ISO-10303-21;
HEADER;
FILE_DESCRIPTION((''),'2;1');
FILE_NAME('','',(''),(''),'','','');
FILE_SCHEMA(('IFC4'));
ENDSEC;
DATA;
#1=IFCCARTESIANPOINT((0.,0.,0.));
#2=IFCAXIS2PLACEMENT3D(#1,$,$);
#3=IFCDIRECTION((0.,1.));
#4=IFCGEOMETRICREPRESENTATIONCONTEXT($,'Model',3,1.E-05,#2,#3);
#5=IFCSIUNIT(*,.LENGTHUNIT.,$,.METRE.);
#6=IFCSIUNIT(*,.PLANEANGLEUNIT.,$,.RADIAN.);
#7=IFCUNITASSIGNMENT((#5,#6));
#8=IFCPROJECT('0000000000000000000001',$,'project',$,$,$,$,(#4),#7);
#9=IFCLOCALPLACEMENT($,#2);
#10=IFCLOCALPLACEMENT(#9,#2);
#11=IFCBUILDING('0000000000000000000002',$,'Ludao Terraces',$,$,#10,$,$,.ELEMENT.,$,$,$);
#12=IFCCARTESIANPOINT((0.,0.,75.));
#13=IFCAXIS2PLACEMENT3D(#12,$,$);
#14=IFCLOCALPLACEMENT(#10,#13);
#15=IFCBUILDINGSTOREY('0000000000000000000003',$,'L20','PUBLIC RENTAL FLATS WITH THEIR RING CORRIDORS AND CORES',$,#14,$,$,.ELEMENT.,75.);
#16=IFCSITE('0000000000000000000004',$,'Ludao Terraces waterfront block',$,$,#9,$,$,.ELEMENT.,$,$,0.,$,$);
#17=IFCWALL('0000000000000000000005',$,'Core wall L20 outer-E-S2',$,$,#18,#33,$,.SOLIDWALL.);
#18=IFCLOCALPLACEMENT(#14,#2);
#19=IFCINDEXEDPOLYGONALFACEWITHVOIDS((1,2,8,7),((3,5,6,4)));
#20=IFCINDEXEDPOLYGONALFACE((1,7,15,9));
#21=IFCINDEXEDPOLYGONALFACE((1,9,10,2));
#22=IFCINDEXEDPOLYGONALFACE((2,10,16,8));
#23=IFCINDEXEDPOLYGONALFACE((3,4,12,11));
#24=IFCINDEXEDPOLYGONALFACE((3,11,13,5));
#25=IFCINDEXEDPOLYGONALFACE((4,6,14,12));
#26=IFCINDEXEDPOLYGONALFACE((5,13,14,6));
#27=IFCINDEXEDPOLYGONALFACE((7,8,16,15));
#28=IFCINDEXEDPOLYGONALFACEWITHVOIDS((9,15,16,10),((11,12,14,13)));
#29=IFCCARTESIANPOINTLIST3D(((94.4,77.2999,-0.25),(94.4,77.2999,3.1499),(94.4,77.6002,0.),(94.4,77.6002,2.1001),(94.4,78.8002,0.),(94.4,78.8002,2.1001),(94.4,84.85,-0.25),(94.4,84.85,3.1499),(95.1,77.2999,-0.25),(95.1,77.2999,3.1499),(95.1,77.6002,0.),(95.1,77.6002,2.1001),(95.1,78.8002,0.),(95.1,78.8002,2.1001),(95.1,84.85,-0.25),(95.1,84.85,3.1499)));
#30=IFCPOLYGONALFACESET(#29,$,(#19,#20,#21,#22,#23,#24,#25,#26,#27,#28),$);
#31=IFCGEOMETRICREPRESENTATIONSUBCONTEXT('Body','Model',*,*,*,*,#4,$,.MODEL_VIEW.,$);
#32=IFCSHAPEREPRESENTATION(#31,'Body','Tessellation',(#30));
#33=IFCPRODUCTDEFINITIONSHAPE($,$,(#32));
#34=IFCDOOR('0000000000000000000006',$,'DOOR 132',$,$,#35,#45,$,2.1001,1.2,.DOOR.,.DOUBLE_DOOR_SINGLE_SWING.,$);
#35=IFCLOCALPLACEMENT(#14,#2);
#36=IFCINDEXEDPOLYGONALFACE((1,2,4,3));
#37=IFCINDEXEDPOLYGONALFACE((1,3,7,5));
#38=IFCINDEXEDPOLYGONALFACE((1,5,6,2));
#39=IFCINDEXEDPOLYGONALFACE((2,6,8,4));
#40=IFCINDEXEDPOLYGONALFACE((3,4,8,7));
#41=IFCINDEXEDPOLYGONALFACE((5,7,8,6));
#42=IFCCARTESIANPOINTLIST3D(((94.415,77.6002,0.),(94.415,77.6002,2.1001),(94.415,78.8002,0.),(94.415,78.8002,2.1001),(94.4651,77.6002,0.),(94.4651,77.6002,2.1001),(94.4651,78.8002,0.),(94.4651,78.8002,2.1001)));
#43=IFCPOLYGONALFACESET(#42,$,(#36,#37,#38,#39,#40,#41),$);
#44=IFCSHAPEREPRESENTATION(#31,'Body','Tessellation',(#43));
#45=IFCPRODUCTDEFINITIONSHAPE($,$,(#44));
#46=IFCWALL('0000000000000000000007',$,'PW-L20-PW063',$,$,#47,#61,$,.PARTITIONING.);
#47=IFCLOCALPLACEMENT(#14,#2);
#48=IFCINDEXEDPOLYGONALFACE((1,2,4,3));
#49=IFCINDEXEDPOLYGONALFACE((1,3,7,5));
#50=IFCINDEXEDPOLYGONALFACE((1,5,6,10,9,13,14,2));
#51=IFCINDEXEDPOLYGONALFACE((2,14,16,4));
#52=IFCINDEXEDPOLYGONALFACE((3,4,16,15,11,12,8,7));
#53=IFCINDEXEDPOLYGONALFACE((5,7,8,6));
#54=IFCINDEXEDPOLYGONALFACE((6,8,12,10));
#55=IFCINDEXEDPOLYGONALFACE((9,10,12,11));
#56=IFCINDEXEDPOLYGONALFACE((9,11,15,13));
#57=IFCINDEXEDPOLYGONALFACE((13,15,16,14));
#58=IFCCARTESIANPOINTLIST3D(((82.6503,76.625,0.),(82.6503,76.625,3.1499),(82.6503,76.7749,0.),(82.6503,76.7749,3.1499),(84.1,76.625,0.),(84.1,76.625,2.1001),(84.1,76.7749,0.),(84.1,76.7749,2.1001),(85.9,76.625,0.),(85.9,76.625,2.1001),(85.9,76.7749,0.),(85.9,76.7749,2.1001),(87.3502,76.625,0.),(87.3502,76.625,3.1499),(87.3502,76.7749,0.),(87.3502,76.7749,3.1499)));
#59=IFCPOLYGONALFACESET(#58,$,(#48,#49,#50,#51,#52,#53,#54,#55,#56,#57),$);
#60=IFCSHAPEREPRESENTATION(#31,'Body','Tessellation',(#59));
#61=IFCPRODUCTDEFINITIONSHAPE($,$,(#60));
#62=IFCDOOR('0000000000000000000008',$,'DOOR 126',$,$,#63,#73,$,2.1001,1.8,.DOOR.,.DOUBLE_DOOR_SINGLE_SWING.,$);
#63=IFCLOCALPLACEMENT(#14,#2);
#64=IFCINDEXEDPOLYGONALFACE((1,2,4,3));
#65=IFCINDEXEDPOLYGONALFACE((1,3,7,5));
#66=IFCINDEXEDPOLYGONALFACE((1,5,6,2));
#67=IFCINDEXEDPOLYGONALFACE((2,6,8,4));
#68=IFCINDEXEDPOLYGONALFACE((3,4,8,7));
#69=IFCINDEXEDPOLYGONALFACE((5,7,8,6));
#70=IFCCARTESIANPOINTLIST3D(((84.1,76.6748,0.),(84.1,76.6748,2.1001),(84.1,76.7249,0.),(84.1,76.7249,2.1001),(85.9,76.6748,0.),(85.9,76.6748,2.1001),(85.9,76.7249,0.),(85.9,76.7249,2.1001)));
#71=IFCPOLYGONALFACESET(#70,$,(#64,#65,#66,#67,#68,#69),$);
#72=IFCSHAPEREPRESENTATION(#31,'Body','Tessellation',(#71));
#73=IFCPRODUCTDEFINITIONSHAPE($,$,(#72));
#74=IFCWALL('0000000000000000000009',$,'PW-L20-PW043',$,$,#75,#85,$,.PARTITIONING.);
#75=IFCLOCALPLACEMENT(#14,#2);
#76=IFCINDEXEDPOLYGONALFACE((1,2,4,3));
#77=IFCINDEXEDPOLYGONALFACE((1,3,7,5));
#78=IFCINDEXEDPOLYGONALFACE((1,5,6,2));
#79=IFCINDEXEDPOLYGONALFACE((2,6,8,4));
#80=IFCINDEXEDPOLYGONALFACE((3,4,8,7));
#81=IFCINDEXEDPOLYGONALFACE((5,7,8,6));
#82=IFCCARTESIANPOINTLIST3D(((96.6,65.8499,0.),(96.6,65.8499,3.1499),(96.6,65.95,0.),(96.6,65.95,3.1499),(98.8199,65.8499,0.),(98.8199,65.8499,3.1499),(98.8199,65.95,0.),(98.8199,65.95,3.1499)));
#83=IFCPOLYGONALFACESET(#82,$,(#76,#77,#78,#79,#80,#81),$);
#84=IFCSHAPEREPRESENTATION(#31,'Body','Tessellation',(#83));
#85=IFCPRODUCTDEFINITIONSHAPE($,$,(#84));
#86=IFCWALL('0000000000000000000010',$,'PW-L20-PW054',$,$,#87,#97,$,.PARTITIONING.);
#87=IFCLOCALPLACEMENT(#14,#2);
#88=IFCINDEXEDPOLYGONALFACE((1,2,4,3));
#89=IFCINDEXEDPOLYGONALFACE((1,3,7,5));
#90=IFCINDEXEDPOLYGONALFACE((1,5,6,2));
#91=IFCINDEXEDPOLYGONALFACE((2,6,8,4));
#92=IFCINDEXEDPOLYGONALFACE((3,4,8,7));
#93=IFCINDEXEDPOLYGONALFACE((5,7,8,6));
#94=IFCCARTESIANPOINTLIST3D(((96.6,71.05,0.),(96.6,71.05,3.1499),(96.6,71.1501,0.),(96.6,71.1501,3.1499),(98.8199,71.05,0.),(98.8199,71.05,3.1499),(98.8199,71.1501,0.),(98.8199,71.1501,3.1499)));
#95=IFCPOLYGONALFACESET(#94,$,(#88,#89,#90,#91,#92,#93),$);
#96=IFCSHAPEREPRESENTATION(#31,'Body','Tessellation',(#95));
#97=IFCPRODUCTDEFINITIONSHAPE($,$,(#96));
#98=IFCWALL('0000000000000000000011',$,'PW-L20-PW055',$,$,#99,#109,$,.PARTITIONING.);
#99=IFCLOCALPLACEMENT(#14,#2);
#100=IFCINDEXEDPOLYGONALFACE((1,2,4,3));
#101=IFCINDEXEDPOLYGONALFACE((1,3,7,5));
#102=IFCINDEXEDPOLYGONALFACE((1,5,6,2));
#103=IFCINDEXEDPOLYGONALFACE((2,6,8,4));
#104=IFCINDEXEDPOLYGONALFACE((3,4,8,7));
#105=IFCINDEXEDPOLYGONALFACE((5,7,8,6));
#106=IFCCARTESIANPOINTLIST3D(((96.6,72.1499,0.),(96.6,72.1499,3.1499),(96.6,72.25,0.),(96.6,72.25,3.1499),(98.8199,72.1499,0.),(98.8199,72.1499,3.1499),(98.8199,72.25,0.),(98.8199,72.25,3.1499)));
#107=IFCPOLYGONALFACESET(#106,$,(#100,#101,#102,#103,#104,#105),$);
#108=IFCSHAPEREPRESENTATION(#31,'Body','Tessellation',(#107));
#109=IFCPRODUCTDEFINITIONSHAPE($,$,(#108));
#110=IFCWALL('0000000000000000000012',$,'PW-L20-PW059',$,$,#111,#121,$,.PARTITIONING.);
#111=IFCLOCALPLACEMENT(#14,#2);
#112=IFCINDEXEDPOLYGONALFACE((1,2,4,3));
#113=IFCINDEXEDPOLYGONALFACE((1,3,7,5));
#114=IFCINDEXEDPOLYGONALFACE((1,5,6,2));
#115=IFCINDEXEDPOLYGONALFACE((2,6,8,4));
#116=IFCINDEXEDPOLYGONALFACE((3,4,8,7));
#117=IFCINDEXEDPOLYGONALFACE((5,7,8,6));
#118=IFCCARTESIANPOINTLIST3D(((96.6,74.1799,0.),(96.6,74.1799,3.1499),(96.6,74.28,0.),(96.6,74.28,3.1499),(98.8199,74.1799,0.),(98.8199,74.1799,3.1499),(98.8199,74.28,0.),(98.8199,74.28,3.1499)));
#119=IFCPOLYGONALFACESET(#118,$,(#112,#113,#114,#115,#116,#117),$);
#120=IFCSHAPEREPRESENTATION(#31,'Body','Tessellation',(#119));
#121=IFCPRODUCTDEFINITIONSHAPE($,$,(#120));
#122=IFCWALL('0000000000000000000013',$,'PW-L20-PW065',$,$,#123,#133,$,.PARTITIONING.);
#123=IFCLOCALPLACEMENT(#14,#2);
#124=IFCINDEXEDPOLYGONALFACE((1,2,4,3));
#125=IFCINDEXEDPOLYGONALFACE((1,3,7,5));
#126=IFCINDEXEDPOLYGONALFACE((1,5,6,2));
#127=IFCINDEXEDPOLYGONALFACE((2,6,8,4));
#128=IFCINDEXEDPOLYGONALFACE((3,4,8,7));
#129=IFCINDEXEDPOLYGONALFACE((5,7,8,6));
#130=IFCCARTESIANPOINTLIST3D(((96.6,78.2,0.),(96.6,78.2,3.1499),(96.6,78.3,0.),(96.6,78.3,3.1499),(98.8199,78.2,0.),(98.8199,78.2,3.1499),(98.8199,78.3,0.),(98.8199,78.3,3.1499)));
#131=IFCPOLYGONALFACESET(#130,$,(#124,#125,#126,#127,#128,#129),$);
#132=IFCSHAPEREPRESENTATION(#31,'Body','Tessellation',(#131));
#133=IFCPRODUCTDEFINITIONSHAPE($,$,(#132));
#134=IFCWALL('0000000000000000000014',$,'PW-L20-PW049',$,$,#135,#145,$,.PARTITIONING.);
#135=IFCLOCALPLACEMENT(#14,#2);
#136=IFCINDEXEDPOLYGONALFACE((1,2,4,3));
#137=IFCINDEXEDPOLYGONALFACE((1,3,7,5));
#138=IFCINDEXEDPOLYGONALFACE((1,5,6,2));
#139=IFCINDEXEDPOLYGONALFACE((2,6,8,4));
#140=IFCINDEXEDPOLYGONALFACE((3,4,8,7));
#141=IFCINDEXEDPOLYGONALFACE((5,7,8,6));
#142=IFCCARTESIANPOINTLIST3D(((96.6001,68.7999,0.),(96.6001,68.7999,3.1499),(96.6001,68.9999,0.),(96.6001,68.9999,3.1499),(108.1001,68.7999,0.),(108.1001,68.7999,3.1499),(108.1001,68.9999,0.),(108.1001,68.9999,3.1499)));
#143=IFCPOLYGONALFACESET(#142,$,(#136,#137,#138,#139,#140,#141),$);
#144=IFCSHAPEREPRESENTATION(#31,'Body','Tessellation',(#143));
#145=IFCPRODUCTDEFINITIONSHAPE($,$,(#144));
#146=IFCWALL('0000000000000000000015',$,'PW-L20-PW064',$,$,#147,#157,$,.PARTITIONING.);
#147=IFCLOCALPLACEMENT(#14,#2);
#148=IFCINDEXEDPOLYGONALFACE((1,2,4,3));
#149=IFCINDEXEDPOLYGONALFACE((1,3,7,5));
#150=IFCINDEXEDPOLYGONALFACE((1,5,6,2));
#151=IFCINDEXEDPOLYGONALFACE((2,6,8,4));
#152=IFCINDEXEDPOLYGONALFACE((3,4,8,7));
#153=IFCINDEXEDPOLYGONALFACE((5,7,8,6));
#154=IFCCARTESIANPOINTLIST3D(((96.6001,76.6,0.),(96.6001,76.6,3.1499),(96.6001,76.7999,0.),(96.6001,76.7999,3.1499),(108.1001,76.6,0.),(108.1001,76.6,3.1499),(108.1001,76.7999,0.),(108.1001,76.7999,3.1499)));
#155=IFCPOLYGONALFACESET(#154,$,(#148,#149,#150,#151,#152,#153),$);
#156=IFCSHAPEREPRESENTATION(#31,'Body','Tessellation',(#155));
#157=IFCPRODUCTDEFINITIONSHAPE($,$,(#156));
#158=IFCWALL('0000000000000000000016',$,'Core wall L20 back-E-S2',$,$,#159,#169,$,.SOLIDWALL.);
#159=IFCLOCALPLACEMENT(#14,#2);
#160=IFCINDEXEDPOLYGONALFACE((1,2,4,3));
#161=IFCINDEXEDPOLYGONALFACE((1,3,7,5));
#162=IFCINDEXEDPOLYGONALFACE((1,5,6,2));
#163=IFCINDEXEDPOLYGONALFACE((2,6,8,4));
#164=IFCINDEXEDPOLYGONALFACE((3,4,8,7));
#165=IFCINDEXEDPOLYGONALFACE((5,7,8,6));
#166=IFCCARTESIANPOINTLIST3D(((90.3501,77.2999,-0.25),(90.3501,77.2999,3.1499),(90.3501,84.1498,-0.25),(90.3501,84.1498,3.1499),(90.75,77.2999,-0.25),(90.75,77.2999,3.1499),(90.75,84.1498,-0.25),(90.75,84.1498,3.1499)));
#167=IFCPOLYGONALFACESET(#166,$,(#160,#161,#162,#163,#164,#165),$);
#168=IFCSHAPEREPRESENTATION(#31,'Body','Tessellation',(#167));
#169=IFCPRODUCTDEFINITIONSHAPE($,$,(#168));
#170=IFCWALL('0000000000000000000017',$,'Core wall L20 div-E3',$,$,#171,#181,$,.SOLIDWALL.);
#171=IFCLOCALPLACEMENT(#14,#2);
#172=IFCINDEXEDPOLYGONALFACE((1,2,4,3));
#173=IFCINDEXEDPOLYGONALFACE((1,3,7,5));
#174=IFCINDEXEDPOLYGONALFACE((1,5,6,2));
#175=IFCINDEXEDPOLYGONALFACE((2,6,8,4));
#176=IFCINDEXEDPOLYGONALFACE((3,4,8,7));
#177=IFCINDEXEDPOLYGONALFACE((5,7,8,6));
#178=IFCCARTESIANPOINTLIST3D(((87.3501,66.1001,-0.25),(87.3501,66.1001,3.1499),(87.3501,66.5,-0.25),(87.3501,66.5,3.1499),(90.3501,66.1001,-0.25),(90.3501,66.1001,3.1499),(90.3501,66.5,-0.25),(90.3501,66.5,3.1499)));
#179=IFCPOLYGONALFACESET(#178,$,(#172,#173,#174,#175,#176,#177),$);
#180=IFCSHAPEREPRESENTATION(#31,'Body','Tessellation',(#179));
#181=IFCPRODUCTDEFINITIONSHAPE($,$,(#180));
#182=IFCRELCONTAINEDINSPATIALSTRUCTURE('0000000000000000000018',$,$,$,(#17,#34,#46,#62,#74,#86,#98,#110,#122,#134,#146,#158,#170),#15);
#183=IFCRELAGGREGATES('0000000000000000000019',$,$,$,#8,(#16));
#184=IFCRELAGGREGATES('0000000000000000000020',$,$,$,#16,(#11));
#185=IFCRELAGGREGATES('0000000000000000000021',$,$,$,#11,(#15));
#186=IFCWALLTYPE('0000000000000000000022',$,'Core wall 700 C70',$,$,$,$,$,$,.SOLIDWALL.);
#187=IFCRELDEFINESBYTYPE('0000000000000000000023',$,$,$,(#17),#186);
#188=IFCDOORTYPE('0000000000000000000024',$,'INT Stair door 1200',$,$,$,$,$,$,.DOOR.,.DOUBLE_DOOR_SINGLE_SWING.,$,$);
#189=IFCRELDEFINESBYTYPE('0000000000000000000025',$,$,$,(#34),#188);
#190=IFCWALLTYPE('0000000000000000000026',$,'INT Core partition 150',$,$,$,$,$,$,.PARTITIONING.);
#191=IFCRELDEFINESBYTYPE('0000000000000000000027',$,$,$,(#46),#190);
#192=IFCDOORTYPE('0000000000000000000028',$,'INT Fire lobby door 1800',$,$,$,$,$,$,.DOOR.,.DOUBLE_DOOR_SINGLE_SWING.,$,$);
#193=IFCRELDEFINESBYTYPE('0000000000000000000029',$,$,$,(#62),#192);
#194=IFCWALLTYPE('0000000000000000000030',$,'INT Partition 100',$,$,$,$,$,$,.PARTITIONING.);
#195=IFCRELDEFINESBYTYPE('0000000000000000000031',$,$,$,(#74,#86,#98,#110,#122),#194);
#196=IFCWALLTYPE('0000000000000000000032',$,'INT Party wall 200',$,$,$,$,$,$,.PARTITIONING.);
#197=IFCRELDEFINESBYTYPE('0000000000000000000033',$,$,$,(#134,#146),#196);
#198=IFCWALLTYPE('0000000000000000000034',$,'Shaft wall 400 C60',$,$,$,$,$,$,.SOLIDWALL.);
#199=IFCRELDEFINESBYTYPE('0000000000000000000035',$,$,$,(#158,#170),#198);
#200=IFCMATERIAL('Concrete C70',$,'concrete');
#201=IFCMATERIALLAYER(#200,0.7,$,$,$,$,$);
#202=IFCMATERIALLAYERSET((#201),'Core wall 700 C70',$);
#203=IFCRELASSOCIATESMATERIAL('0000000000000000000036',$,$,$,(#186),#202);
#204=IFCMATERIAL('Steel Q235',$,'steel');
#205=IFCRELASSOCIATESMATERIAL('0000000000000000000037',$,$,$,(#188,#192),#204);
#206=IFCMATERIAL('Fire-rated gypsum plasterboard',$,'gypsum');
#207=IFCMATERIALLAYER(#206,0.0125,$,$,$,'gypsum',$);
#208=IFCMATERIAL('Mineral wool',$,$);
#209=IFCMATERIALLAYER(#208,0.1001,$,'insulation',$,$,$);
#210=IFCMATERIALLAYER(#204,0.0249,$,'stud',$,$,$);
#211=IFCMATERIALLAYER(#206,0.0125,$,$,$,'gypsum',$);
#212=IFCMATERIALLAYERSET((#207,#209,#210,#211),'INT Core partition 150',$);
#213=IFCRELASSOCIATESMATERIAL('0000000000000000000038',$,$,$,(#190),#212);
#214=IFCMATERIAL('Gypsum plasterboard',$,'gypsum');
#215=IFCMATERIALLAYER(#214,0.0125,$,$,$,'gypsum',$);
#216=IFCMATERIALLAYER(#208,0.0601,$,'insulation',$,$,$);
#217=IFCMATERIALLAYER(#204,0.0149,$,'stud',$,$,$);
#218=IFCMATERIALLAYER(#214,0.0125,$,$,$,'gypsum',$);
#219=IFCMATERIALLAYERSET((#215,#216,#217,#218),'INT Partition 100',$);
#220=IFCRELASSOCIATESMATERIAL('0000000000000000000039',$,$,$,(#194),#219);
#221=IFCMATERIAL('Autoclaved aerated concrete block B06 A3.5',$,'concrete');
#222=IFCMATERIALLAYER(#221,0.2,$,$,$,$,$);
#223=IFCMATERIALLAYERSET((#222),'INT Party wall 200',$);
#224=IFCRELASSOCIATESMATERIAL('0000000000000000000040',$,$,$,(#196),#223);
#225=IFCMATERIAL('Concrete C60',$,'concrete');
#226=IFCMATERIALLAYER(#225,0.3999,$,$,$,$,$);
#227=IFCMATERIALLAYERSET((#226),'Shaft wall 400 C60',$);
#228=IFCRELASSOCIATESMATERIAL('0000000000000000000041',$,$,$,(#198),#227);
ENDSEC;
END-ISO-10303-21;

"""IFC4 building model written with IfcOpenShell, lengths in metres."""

from ifc_helpers import new_model, si_unit, direction, frame, frame_2d, origin, place, context, subcontext, project, spatial, rectangle, extrude, material, layer, layer_set, type_object, element, fill, save


model = new_model("IFC4")

# Units and contexts
model_context = context("Model", 3, precision=1e-05, world=origin(), true_north=direction((0.0, 1.0)))
body_context = subcontext(model_context, "Body", "Model", "MODEL_VIEW")
ifc_project = project(units=[si_unit("LENGTHUNIT", "METRE"), si_unit("PLANEANGLEUNIT", "RADIAN")], contexts=[model_context])

# Site, building, storey
site_placement = place(None, origin())
site = spatial("IfcSite", under=ifc_project, at=site_placement, Name="Ludao Terraces waterfront block", CompositionType="ELEMENT", RefElevation=0.0)
building_placement = place(site_placement, origin())
building = spatial("IfcBuilding", under=site, at=building_placement, Name="Ludao Terraces", CompositionType="ELEMENT")
storey_placement = place(building_placement, frame((0.0, 0.0, 75.0)))
storey = spatial("IfcBuildingStorey", under=building, at=storey_placement, Name="L20", Description="PUBLIC RENTAL FLATS WITH THEIR RING CORRIDORS AND CORES", CompositionType="ELEMENT", Elevation=75.0)

# Walls, openings, doors
ifc_material_1 = material(Name="Concrete C70", Category="concrete")
ifc_layer_1 = layer(ifc_material_1, 0.7)
ifc_layer_set_1 = layer_set([ifc_layer_1], Name="Core wall 700 C70")
wall_type_1 = type_object("IfcWallType", Name="Core wall 700 C70", PredefinedType="SOLIDWALL", material=ifc_layer_set_1)
wall_1_placement = place(storey_placement, frame((94.75, 77.3, -0.25), z_axis=(0.0, 0.0, 1.0), x_axis=(0.0, 1.0, 0.0)))
wall_1 = element("IfcWall", 1, at=wall_1_placement, inside=storey, type_object=wall_type_1, Name="Core wall L20 outer-E-S2", PredefinedType="SOLIDWALL", context=body_context, shape_type="SweptSolid", body=[
    extrude(rectangle(XDim=7.55, YDim=0.7, at=frame_2d((3.7749, 0.0))), origin(), (0.0, 0.0, 1.0), 3.3999),
])
opening_1_placement = place(wall_1_placement, frame((0.3, 0.0, 0.25)))
opening_1 = element("IfcOpeningElement", 2, at=opening_1_placement, cuts=wall_1, PredefinedType="OPENING", context=body_context, shape_type="SweptSolid", body=[
    extrude(rectangle(XDim=1.2, YDim=2.1001, at=frame_2d((0.6001, 1.05))), frame((0.0, 0.3599, 0.0), z_axis=(0.0, -1.0, 0.0), x_axis=(1.0, 0.0, 0.0)), (0.0, 0.0, 1.0), 0.72),
])
ifc_material_2 = material(Name="Steel Q235", Category="steel")
door_type_1 = type_object("IfcDoorType", Name="INT Stair door 1200", OperationType="DOUBLE_DOOR_SINGLE_SWING", PredefinedType="DOOR", material=ifc_material_2)
door_1_placement = place(opening_1_placement, origin())
door_1 = element("IfcDoor", 3, at=door_1_placement, inside=storey, type_object=door_type_1, Name="DOOR 132", OperationType="DOUBLE_DOOR_SINGLE_SWING", OverallHeight=2.1001, OverallWidth=1.2, PredefinedType="DOOR", context=body_context, shape_type="SweptSolid", body=[
    extrude(rectangle(XDim=1.2, YDim=2.1001, at=frame_2d((0.6001, 1.05))), frame((0.0, 0.335, 0.0), z_axis=(0.0, -1.0, 0.0), x_axis=(1.0, 0.0, 0.0)), (0.0, 0.0, 1.0), 0.05),
])
fill(opening_1, door_1)
ifc_material_3 = material(Name="Fire-rated gypsum plasterboard", Category="gypsum")
ifc_layer_2 = layer(ifc_material_3, 0.0125, Category="gypsum")
ifc_material_4 = material(Name="Mineral wool")
ifc_layer_3 = layer(ifc_material_4, 0.1001, Name="insulation")
ifc_layer_4 = layer(ifc_material_2, 0.0249, Name="stud")
ifc_layer_5 = layer(ifc_material_3, 0.0125, Category="gypsum")
ifc_layer_set_2 = layer_set([ifc_layer_2, ifc_layer_3, ifc_layer_4, ifc_layer_5], Name="INT Core partition 150")
wall_type_2 = type_object("IfcWallType", Name="INT Core partition 150", PredefinedType="PARTITIONING", material=ifc_layer_set_2)
wall_2_placement = place(storey_placement, frame((82.6501, 76.7, 0.0), z_axis=(0.0, 0.0, 1.0), x_axis=(1.0, 0.0, 0.0)))
wall_2 = element("IfcWall", 4, at=wall_2_placement, inside=storey, type_object=wall_type_2, Name="PW-L20-PW063", PredefinedType="PARTITIONING", context=body_context, shape_type="SweptSolid", body=[
    extrude(rectangle(XDim=4.7, YDim=0.1499, at=frame_2d((2.3501, 0.0))), origin(), (0.0, 0.0, 1.0), 3.1499),
])
opening_2_placement = place(wall_2_placement, frame((1.45, 0.0, 0.0)))
opening_2 = element("IfcOpeningElement", 5, at=opening_2_placement, cuts=wall_2, PredefinedType="OPENING", context=body_context, shape_type="SweptSolid", body=[
    extrude(rectangle(XDim=1.8, YDim=2.1001, at=frame_2d((0.8999, 1.05))), frame((0.0, 0.085, 0.0), z_axis=(0.0, -1.0, 0.0), x_axis=(1.0, 0.0, 0.0)), (0.0, 0.0, 1.0), 0.1699),
])
door_type_2 = type_object("IfcDoorType", Name="INT Fire lobby door 1800", OperationType="DOUBLE_DOOR_SINGLE_SWING", PredefinedType="DOOR", material=ifc_material_2)
door_2_placement = place(opening_2_placement, origin())
door_2 = element("IfcDoor", 6, at=door_2_placement, inside=storey, type_object=door_type_2, Name="DOOR 126", OperationType="DOUBLE_DOOR_SINGLE_SWING", OverallHeight=2.1001, OverallWidth=1.8, PredefinedType="DOOR", context=body_context, shape_type="SweptSolid", body=[
    extrude(rectangle(XDim=1.8, YDim=2.1001, at=frame_2d((0.8999, 1.05))), frame((0.0, 0.0249, 0.0), z_axis=(0.0, -1.0, 0.0), x_axis=(1.0, 0.0, 0.0)), (0.0, 0.0, 1.0), 0.05),
])
fill(opening_2, door_2)

# Walls
ifc_material_5 = material(Name="Gypsum plasterboard", Category="gypsum")
ifc_layer_6 = layer(ifc_material_5, 0.0125, Category="gypsum")
ifc_layer_7 = layer(ifc_material_4, 0.0601, Name="insulation")
ifc_layer_8 = layer(ifc_material_2, 0.0149, Name="stud")
ifc_layer_9 = layer(ifc_material_5, 0.0125, Category="gypsum")
ifc_layer_set_3 = layer_set([ifc_layer_6, ifc_layer_7, ifc_layer_8, ifc_layer_9], Name="INT Partition 100")
wall_type_3 = type_object("IfcWallType", Name="INT Partition 100", PredefinedType="PARTITIONING", material=ifc_layer_set_3)
for number, where, z_axis, x_axis, name in (
    (7, (96.6001, 65.8999, 0.0), (0.0, 0.0, 1.0), (1.0, 0.0, 0.0), "PW-L20-PW043"),
    (8, (96.6001, 71.1001, 0.0), (0.0, 0.0, 1.0), (1.0, 0.0, 0.0), "PW-L20-PW054"),
    (9, (96.6001, 72.2, 0.0), (0.0, 0.0, 1.0), (1.0, 0.0, 0.0), "PW-L20-PW055"),
    (10, (96.6001, 74.23, 0.0), (0.0, 0.0, 1.0), (1.0, 0.0, 0.0), "PW-L20-PW059"),
    (11, (96.6001, 78.25, 0.0), (0.0, 0.0, 1.0), (1.0, 0.0, 0.0), "PW-L20-PW065"),
):
    element("IfcWall", number, at=place(storey_placement, frame(where, z_axis=z_axis, x_axis=x_axis)), inside=storey, type_object=wall_type_3, Name=name, PredefinedType="PARTITIONING", context=body_context, shape_type="SweptSolid", body=[
        extrude(rectangle(XDim=2.22, YDim=0.1001, at=frame_2d((1.1099, 0.0))), origin(), (0.0, 0.0, 1.0), 3.1499),
    ])
ifc_material_6 = material(Name="Autoclaved aerated concrete block B06 A3.5", Category="concrete")
ifc_layer_10 = layer(ifc_material_6, 0.2)
ifc_layer_set_4 = layer_set([ifc_layer_10], Name="INT Party wall 200")
wall_type_4 = type_object("IfcWallType", Name="INT Party wall 200", PredefinedType="PARTITIONING", material=ifc_layer_set_4)
for number, where, z_axis, x_axis, name in (
    (12, (96.6001, 68.8999, 0.0), (0.0, 0.0, 1.0), (1.0, 0.0, 0.0), "PW-L20-PW049"),
    (13, (96.6001, 76.7, 0.0), (0.0, 0.0, 1.0), (1.0, 0.0, 0.0), "PW-L20-PW064"),
):
    element("IfcWall", number, at=place(storey_placement, frame(where, z_axis=z_axis, x_axis=x_axis)), inside=storey, type_object=wall_type_4, Name=name, PredefinedType="PARTITIONING", context=body_context, shape_type="SweptSolid", body=[
        extrude(rectangle(XDim=11.5, YDim=0.2, at=frame_2d((5.75, 0.0))), origin(), (0.0, 0.0, 1.0), 3.1499),
    ])
ifc_material_7 = material(Name="Concrete C60", Category="concrete")
ifc_layer_11 = layer(ifc_material_7, 0.3999)
ifc_layer_set_5 = layer_set([ifc_layer_11], Name="Shaft wall 400 C60")
wall_type_5 = type_object("IfcWallType", Name="Shaft wall 400 C60", PredefinedType="SOLIDWALL", material=ifc_layer_set_5)
wall_3_placement = place(storey_placement, frame((90.55, 77.3, -0.25), z_axis=(0.0, 0.0, 1.0), x_axis=(0.0, 1.0, 0.0)))
element("IfcWall", 14, at=wall_3_placement, inside=storey, type_object=wall_type_5, Name="Core wall L20 back-E-S2", PredefinedType="SOLIDWALL", context=body_context, shape_type="SweptSolid", body=[
    extrude(rectangle(XDim=6.8499, YDim=0.3999, at=frame_2d((3.4248, 0.0))), origin(), (0.0, 0.0, 1.0), 3.3999),
])
wall_4_placement = place(storey_placement, frame((87.3501, 66.3, -0.25), z_axis=(0.0, 0.0, 1.0), x_axis=(1.0, 0.0, 0.0)))
element("IfcWall", 15, at=wall_4_placement, inside=storey, type_object=wall_type_5, Name="Core wall L20 div-E3", PredefinedType="SOLIDWALL", context=body_context, shape_type="SweptSolid", body=[
    extrude(rectangle(XDim=3.0, YDim=0.3999, at=frame_2d((1.5, 0.0))), origin(), (0.0, 0.0, 1.0), 3.3999),
])

save(model, "model.ifc")
